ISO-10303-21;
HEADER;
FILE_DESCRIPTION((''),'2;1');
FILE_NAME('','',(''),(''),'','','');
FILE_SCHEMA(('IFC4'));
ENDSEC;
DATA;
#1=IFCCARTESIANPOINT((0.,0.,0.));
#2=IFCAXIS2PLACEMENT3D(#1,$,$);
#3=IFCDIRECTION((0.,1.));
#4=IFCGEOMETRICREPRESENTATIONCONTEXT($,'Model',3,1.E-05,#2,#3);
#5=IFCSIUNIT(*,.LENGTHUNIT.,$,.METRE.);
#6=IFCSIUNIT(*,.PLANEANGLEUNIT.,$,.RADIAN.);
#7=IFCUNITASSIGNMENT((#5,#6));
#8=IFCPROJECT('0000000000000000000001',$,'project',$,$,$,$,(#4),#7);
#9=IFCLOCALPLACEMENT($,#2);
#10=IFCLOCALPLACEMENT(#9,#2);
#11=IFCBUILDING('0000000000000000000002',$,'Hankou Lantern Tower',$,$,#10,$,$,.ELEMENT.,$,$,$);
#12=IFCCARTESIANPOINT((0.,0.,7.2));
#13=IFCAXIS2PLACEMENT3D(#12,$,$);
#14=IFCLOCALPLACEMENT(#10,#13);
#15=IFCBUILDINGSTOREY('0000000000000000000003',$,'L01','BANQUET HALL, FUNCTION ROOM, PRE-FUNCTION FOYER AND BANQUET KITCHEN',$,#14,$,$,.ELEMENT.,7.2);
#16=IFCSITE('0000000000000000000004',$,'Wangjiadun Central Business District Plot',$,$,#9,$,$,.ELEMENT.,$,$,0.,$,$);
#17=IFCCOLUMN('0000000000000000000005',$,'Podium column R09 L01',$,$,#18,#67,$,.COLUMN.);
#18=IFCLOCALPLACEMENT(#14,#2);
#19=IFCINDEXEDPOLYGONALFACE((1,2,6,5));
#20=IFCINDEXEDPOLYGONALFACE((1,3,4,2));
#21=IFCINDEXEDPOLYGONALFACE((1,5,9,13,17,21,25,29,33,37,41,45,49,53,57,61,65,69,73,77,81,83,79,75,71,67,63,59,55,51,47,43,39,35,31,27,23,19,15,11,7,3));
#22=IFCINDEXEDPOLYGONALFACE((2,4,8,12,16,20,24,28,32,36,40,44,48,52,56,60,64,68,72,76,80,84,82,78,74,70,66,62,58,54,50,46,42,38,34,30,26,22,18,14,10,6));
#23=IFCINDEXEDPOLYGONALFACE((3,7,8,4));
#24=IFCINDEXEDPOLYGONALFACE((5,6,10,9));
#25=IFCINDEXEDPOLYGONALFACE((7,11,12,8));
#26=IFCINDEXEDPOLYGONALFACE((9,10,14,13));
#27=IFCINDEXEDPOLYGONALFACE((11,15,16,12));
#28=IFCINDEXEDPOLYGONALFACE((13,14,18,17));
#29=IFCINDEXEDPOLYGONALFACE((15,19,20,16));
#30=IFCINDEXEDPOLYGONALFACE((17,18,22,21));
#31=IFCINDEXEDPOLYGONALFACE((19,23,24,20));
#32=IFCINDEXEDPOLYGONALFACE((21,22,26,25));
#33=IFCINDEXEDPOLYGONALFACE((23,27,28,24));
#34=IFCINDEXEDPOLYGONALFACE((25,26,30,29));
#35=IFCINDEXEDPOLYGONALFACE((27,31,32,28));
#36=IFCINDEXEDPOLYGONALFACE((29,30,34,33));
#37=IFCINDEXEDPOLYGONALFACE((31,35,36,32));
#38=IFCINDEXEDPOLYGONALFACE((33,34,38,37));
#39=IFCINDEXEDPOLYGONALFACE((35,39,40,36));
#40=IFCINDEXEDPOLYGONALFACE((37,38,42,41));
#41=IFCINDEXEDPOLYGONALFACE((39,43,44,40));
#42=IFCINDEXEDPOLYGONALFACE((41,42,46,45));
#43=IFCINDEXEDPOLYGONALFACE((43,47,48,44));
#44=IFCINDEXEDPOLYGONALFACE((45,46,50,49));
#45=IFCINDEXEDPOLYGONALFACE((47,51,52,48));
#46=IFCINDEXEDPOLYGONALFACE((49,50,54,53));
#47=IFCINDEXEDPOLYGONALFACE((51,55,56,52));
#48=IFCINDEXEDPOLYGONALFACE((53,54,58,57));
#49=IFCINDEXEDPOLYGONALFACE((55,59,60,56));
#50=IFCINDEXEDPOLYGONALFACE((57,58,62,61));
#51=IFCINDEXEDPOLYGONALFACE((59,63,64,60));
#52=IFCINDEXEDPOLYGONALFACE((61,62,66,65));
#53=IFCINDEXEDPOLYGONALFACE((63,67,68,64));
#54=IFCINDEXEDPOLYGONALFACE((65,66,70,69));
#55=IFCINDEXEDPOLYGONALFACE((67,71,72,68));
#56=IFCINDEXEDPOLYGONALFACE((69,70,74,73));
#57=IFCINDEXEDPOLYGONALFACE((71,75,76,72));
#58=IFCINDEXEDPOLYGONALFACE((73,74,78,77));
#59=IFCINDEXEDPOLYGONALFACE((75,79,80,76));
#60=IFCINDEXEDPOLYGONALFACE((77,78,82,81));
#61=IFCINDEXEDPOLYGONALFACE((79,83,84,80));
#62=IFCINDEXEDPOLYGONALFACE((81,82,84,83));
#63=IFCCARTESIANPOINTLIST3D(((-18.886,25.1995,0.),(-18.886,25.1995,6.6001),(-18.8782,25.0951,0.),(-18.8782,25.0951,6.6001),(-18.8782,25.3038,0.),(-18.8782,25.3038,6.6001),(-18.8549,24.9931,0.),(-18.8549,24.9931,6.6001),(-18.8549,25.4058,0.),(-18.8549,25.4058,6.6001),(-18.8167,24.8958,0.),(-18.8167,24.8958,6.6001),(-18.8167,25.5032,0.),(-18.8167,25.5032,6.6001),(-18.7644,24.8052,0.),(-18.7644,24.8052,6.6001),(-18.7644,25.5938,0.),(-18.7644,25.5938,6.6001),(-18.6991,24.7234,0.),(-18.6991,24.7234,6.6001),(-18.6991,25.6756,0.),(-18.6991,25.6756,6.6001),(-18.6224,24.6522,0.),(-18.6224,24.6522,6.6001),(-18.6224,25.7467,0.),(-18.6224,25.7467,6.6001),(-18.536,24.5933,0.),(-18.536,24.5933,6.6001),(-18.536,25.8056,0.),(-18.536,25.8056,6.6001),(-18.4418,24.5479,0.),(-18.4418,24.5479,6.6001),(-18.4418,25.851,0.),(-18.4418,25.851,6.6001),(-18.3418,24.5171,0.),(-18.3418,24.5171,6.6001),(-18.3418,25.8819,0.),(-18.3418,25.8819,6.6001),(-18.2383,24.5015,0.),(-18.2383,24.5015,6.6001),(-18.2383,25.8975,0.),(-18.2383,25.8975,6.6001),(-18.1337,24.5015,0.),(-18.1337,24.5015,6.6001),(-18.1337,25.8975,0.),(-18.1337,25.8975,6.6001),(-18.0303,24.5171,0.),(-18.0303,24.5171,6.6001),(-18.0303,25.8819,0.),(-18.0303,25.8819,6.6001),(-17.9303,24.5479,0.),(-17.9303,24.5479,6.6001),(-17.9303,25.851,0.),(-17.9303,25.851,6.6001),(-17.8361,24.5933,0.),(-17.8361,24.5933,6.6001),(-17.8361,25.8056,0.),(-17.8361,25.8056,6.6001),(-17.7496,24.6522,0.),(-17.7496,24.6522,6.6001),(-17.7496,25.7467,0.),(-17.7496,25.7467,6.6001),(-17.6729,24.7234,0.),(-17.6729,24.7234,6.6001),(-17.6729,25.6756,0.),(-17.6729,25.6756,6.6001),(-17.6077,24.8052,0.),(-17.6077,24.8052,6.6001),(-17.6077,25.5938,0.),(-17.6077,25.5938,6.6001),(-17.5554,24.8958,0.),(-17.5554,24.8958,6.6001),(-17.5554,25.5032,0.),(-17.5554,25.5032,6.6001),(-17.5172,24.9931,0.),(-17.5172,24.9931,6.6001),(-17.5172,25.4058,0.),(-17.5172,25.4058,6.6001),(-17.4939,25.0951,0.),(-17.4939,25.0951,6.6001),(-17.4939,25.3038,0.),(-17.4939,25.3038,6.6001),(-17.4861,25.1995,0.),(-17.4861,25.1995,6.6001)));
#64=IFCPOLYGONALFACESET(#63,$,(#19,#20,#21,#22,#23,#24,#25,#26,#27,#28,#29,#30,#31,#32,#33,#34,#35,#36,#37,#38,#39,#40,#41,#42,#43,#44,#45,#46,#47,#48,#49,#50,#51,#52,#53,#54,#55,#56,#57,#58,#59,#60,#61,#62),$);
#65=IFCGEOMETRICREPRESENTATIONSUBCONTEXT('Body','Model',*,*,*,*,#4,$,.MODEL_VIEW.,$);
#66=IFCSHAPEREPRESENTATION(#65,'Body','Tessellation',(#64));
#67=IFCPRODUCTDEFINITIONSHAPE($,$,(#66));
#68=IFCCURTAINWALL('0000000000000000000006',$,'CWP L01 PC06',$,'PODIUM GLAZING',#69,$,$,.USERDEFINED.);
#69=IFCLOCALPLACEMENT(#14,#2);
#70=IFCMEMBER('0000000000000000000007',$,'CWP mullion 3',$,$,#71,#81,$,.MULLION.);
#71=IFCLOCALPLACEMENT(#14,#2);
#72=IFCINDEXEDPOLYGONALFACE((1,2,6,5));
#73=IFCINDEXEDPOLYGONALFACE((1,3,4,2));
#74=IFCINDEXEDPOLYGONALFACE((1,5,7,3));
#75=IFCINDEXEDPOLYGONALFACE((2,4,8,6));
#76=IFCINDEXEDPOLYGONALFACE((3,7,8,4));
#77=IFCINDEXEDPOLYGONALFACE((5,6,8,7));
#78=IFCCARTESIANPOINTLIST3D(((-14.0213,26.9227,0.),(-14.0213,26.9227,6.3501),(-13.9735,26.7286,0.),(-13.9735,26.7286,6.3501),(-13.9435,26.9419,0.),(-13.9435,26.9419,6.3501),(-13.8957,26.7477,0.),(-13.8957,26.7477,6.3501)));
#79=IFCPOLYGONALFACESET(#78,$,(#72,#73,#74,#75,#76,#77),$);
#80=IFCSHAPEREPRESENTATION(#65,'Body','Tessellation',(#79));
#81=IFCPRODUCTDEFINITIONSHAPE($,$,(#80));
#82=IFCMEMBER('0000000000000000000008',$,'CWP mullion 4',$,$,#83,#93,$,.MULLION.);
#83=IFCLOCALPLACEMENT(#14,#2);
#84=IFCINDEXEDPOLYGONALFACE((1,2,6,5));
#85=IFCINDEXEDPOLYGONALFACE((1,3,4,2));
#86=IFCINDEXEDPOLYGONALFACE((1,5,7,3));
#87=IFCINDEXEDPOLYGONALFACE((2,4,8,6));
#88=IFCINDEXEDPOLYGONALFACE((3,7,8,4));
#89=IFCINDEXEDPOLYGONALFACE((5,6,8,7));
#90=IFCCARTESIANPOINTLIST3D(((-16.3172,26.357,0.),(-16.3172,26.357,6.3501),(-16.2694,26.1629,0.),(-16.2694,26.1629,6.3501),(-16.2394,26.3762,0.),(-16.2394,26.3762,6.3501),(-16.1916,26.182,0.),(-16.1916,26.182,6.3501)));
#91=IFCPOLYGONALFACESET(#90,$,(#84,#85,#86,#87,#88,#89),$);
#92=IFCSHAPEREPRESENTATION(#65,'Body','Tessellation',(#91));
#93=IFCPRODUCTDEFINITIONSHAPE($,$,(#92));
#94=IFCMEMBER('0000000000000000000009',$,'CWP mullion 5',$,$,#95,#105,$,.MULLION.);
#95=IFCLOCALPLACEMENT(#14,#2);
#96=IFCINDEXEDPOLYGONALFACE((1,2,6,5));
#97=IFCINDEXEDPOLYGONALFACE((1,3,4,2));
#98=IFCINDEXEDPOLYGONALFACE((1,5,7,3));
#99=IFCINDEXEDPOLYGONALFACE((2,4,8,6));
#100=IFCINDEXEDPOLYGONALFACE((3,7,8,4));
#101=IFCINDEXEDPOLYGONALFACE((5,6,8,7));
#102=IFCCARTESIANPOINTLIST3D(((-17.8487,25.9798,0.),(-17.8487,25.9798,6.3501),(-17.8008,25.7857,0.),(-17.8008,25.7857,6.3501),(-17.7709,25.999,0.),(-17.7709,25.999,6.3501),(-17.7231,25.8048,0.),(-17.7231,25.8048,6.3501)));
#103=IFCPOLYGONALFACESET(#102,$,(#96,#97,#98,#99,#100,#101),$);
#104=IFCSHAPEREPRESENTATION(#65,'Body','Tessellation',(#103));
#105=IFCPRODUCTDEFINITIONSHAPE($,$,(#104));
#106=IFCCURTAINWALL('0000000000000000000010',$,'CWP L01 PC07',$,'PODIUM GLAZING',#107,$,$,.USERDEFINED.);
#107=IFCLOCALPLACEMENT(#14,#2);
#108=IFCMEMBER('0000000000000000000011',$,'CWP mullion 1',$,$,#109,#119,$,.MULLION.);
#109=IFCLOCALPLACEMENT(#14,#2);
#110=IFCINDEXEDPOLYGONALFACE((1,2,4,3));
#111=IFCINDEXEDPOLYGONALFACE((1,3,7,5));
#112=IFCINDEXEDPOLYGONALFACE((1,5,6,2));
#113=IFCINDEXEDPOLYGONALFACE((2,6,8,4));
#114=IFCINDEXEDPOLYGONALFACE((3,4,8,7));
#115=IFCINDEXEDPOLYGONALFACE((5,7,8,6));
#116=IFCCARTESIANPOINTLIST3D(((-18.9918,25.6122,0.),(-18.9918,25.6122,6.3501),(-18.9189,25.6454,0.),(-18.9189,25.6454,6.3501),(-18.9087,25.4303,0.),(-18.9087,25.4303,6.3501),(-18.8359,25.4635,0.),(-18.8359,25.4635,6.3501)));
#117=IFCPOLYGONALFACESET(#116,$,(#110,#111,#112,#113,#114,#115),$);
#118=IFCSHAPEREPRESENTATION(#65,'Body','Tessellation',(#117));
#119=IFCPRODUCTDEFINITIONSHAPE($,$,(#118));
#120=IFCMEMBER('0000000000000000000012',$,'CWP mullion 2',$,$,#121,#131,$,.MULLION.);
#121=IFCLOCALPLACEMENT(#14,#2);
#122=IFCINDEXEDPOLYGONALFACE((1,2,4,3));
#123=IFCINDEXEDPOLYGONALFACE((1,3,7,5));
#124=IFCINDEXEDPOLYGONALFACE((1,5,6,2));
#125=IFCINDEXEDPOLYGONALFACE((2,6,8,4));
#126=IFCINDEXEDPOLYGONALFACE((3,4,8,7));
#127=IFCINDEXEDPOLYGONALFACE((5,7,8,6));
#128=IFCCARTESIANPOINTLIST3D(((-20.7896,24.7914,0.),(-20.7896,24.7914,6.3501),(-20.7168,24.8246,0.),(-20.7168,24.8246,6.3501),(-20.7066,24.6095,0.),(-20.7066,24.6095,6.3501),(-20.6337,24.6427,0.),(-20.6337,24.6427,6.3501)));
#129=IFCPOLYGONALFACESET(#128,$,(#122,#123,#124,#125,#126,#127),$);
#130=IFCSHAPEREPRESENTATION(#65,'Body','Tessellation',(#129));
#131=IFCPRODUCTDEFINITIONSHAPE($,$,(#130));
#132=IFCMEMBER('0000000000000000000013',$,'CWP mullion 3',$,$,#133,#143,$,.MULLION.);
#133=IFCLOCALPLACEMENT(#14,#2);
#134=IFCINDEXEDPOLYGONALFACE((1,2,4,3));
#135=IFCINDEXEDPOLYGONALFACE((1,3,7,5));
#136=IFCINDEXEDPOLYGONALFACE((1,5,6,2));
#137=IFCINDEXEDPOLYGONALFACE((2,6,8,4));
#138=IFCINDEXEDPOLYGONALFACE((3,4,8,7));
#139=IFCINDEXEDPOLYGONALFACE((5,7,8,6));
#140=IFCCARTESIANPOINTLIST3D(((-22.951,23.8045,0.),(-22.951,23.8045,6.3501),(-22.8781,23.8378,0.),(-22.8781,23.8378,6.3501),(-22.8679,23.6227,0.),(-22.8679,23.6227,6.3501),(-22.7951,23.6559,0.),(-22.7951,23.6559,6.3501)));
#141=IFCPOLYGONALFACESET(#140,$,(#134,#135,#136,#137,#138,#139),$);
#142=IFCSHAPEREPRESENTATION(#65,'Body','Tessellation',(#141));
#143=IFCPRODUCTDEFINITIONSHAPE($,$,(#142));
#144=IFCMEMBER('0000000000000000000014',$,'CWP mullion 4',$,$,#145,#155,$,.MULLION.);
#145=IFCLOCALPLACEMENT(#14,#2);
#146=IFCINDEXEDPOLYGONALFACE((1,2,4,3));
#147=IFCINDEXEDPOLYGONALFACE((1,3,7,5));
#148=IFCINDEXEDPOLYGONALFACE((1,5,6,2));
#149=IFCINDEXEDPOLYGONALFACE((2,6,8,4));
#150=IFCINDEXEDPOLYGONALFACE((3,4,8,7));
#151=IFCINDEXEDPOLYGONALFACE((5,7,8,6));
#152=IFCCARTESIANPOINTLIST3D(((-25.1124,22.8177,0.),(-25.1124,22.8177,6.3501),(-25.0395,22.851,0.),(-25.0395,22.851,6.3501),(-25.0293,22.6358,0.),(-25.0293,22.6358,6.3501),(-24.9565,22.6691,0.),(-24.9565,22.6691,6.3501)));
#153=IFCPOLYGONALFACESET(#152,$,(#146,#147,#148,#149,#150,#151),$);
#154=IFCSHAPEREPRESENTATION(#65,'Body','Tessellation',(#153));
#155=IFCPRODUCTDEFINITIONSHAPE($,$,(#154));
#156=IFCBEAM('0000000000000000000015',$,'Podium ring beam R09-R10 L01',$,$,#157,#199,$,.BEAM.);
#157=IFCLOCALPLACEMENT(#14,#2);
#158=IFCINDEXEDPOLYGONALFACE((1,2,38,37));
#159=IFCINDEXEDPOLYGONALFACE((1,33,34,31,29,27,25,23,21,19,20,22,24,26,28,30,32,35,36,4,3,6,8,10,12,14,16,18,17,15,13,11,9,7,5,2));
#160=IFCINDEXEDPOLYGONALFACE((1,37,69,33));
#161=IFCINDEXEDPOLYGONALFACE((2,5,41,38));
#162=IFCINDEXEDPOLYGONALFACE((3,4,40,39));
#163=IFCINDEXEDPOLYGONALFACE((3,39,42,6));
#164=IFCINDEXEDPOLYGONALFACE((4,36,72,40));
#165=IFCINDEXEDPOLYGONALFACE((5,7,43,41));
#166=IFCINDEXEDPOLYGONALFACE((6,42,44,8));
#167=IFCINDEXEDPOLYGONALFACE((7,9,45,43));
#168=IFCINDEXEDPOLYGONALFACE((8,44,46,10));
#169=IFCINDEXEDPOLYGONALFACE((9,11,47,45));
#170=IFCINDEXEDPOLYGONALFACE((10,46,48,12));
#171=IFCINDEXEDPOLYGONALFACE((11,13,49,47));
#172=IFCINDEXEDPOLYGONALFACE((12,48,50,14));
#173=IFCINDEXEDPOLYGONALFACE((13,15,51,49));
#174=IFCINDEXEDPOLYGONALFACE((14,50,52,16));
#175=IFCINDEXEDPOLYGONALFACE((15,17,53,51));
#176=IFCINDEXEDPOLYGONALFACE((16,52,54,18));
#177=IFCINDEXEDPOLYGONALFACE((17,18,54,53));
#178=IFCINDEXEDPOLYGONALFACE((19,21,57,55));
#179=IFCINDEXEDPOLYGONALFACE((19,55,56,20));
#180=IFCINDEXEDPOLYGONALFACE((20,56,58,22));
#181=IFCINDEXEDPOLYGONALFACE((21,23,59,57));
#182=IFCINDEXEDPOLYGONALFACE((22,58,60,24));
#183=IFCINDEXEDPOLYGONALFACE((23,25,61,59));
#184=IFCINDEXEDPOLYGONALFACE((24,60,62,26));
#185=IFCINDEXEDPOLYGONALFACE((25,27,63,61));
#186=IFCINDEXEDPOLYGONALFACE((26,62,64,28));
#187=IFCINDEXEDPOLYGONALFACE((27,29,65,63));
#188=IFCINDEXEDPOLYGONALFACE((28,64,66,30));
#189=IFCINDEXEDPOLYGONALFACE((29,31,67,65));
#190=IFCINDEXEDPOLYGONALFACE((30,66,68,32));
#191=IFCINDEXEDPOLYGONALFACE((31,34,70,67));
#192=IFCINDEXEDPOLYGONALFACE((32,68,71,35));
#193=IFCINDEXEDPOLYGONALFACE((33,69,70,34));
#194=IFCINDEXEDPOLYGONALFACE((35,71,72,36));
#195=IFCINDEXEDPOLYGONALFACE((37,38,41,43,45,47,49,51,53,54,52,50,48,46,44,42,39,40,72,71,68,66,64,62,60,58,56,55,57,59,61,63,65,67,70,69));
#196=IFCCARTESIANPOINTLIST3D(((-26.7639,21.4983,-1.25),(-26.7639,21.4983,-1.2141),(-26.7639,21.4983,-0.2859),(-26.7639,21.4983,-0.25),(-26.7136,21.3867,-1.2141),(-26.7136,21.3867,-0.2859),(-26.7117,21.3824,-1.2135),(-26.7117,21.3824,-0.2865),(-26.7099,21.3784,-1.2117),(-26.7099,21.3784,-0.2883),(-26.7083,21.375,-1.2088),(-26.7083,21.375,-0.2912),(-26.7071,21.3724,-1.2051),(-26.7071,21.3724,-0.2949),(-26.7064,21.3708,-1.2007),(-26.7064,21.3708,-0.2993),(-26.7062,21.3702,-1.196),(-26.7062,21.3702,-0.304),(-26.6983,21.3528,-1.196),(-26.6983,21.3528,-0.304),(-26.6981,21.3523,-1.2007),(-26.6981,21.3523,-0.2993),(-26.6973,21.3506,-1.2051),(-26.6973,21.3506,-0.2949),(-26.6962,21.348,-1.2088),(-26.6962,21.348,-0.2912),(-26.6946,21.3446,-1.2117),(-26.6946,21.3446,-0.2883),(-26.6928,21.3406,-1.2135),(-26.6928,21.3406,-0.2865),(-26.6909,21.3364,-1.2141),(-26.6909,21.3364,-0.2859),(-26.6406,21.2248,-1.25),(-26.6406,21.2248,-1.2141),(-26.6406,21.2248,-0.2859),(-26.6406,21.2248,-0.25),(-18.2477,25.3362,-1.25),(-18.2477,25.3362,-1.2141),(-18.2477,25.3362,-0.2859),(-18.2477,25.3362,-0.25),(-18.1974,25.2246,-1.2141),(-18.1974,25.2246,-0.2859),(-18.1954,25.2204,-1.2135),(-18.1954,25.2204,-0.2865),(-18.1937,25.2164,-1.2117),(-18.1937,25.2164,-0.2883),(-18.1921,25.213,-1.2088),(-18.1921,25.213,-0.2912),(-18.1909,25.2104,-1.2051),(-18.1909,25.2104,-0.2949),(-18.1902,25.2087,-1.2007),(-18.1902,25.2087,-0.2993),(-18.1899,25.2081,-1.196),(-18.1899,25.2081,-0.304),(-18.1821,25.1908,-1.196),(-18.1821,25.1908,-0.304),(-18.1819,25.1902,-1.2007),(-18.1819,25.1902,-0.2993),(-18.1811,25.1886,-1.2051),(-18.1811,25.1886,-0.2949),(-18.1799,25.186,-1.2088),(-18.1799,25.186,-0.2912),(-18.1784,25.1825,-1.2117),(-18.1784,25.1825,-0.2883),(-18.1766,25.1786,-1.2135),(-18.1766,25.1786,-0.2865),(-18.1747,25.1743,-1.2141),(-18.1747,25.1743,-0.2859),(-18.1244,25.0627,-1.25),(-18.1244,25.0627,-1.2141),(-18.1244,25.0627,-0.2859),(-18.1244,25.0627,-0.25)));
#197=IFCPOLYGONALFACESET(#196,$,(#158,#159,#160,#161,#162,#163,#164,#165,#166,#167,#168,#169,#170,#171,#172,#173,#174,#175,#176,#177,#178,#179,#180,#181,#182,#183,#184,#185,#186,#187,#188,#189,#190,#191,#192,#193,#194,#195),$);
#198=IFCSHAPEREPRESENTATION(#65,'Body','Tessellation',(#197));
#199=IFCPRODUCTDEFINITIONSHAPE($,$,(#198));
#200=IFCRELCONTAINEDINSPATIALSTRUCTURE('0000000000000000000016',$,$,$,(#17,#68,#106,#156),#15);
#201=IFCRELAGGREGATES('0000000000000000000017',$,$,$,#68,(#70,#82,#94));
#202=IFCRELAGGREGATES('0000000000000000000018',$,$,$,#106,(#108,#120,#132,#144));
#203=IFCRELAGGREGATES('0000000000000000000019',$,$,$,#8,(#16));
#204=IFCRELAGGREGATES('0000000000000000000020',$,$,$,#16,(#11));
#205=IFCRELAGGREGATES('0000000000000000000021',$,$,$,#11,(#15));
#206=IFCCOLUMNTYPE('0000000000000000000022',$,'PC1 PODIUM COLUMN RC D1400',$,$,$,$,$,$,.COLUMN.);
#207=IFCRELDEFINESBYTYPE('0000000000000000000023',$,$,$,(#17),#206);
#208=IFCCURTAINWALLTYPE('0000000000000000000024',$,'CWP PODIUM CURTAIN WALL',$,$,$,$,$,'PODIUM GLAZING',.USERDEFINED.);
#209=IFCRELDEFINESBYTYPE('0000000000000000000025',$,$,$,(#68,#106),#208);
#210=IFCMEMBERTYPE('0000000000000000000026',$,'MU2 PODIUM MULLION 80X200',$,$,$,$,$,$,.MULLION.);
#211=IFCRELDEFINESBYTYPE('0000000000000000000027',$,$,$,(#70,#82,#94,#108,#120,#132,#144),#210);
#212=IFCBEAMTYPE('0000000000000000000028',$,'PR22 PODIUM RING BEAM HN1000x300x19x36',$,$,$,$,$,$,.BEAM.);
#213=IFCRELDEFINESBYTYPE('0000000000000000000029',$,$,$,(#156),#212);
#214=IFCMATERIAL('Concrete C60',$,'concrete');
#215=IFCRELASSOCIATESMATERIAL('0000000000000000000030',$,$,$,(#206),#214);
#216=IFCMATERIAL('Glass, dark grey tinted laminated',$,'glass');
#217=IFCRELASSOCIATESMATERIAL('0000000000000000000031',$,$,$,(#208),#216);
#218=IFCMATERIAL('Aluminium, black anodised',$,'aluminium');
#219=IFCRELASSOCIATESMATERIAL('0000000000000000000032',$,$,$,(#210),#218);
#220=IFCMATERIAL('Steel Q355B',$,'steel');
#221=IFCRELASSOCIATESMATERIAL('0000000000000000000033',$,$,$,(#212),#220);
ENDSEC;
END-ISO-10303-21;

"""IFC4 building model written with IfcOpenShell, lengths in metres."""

from ifc_helpers import new_model, si_unit, direction, frame, origin, origin_2d, place, context, subcontext, project, spatial, rectangle, circle, i_section, extrude, material, material_profile, profile_set, type_object, element, aggregate, save


model = new_model("IFC4")

# Units and contexts
model_context = context("Model", 3, precision=1e-05, world=origin(), true_north=direction((0.0, 1.0)))
body_context = subcontext(model_context, "Body", "Model", "MODEL_VIEW")
ifc_project = project(units=[si_unit("LENGTHUNIT", "METRE"), si_unit("PLANEANGLEUNIT", "RADIAN")], contexts=[model_context])

# Site, building, storey
site_placement = place(None, origin())
site = spatial("IfcSite", under=ifc_project, at=site_placement, Name="Wangjiadun Central Business District Plot", CompositionType="ELEMENT", RefElevation=0.0)
building_placement = place(site_placement, origin())
building = spatial("IfcBuilding", under=site, at=building_placement, Name="Hankou Lantern Tower", CompositionType="ELEMENT")
storey_placement = place(building_placement, frame((0.0, 0.0, 7.2)))
storey = spatial("IfcBuildingStorey", under=building, at=storey_placement, Name="L01", Description="BANQUET HALL, FUNCTION ROOM, PRE-FUNCTION FOYER AND BANQUET KITCHEN", CompositionType="ELEMENT", Elevation=7.2)

# Column
ifc_material_1 = material(Name="Concrete C60", Category="concrete")
ifc_material_profile_1 = material_profile(ifc_material_1, circle(Radius=0.7, at=origin_2d()), Name="RC D1400")
ifc_profile_set_1 = profile_set([ifc_material_profile_1], Name="Concrete C60")
column_type = type_object("IfcColumnType", Name="PC1 PODIUM COLUMN RC D1400", PredefinedType="COLUMN", material=ifc_profile_set_1)
column_placement = place(storey_placement, frame((-18.186, 25.1995, 0.0), z_axis=(0.0, 0.0, 1.0), x_axis=(1.0, 0.0, 0.0)))
element("IfcColumn", 1, at=column_placement, inside=storey, type_object=column_type, Name="Podium column R09 L01", PredefinedType="COLUMN", context=body_context, shape_type="SweptSolid", body=[
    extrude(circle(Radius=0.7, at=origin_2d()), origin(), (0.0, 0.0, 1.0), 6.6001),
])

# Curtain walls, members
ifc_material_2 = material(Name="Glass, dark grey tinted laminated", Category="glass")
curtain_wall_type = type_object("IfcCurtainWallType", Name="CWP PODIUM CURTAIN WALL", ElementType="PODIUM GLAZING", PredefinedType="USERDEFINED", material=ifc_material_2)
curtain_wall_1_placement = place(storey_placement, origin())
curtain_wall_1 = element("IfcCurtainWall", 2, at=curtain_wall_1_placement, inside=storey, type_object=curtain_wall_type, Name="CWP L01 PC06", ObjectType="PODIUM GLAZING", PredefinedType="USERDEFINED")
ifc_material_3 = material(Name="Aluminium, black anodised", Category="aluminium")
ifc_material_profile_2 = material_profile(ifc_material_3, rectangle(XDim=0.0801, YDim=0.2, at=origin_2d()), Name="MU2 80X200")
ifc_profile_set_2 = profile_set([ifc_material_profile_2], Name="Aluminium, black anodised")
member_type_1 = type_object("IfcMemberType", Name="MU2 PODIUM MULLION 80X200", PredefinedType="MULLION", material=ifc_profile_set_2)
member_1_placement = place(storey_placement, frame((-13.9585, 26.8352, 0.0), z_axis=(0.0, 0.0, 1.0), x_axis=(-0.970961, -0.239238, 0.0)))
member_1 = element("IfcMember", 3, at=member_1_placement, type_object=member_type_1, Name="CWP mullion 3", PredefinedType="MULLION", context=body_context, shape_type="SweptSolid", body=[
    extrude(rectangle(XDim=0.0801, YDim=0.2, at=origin_2d()), origin(), (0.0, 0.0, 1.0), 6.3501),
])
member_2_placement = place(storey_placement, frame((-16.2544, 26.2695, 0.0), z_axis=(0.0, 0.0, 1.0), x_axis=(-0.970961, -0.239238, 0.0)))
member_2 = element("IfcMember", 4, at=member_2_placement, type_object=member_type_1, Name="CWP mullion 4", PredefinedType="MULLION", context=body_context, shape_type="SweptSolid", body=[
    extrude(rectangle(XDim=0.0801, YDim=0.2, at=origin_2d()), origin(), (0.0, 0.0, 1.0), 6.3501),
])
member_3_placement = place(storey_placement, frame((-17.7859, 25.8923, 0.0), z_axis=(0.0, 0.0, 1.0), x_axis=(-0.970961, -0.239238, 0.0)))
member_3 = element("IfcMember", 5, at=member_3_placement, type_object=member_type_1, Name="CWP mullion 5", PredefinedType="MULLION", context=body_context, shape_type="SweptSolid", body=[
    extrude(rectangle(XDim=0.0801, YDim=0.2, at=origin_2d()), origin(), (0.0, 0.0, 1.0), 6.3501),
])
curtain_wall_2_placement = place(storey_placement, origin())
curtain_wall_2 = element("IfcCurtainWall", 6, at=curtain_wall_2_placement, inside=storey, type_object=curtain_wall_type, Name="CWP L01 PC07", ObjectType="PODIUM GLAZING", PredefinedType="USERDEFINED")
member_4_placement = place(storey_placement, frame((-18.9138, 25.5378, 0.0), z_axis=(0.0, 0.0, 1.0), x_axis=(-0.90967, -0.415332, 0.0)))
member_4 = element("IfcMember", 7, at=member_4_placement, type_object=member_type_1, Name="CWP mullion 1", PredefinedType="MULLION", context=body_context, shape_type="SweptSolid", body=[
    extrude(rectangle(XDim=0.0801, YDim=0.2, at=origin_2d()), origin(), (0.0, 0.0, 1.0), 6.3501),
])
member_5_placement = place(storey_placement, frame((-20.7117, 24.717, 0.0), z_axis=(0.0, 0.0, 1.0), x_axis=(-0.90967, -0.415332, 0.0)))
member_5 = element("IfcMember", 8, at=member_5_placement, type_object=member_type_1, Name="CWP mullion 2", PredefinedType="MULLION", context=body_context, shape_type="SweptSolid", body=[
    extrude(rectangle(XDim=0.0801, YDim=0.2, at=origin_2d()), origin(), (0.0, 0.0, 1.0), 6.3501),
])
member_6_placement = place(storey_placement, frame((-22.873, 23.7302, 0.0), z_axis=(0.0, 0.0, 1.0), x_axis=(-0.90967, -0.415332, 0.0)))
member_6 = element("IfcMember", 9, at=member_6_placement, type_object=member_type_1, Name="CWP mullion 3", PredefinedType="MULLION", context=body_context, shape_type="SweptSolid", body=[
    extrude(rectangle(XDim=0.0801, YDim=0.2, at=origin_2d()), origin(), (0.0, 0.0, 1.0), 6.3501),
])
member_7_placement = place(storey_placement, frame((-25.0344, 22.7434, 0.0), z_axis=(0.0, 0.0, 1.0), x_axis=(-0.90967, -0.415332, 0.0)))
member_7 = element("IfcMember", 10, at=member_7_placement, type_object=member_type_1, Name="CWP mullion 4", PredefinedType="MULLION", context=body_context, shape_type="SweptSolid", body=[
    extrude(rectangle(XDim=0.0801, YDim=0.2, at=origin_2d()), origin(), (0.0, 0.0, 1.0), 6.3501),
])

# Beam
ifc_material_4 = material(Name="Steel Q355B", Category="steel")
ifc_material_profile_3 = material_profile(ifc_material_4, i_section(OverallWidth=0.3, OverallDepth=1.0, WebThickness=0.019, FlangeThickness=0.0359, FilletRadius=0.0181, at=origin_2d()), Name="HN1000x300x19x36")
ifc_profile_set_3 = profile_set([ifc_material_profile_3], Name="Steel Q355B")
beam_type_1 = type_object("IfcBeamType", Name="PR22 PODIUM RING BEAM HN1000x300x19x36", PredefinedType="BEAM", material=ifc_profile_set_3)
beam_1_placement = place(storey_placement, frame((-18.186, 25.1995, -0.75), z_axis=(-0.911695, -0.410867, 0.0), x_axis=(0.410867, -0.911695, 0.0)))
element("IfcBeam", 11, at=beam_1_placement, inside=storey, type_object=beam_type_1, Name="Podium ring beam R09-R10 L01", PredefinedType="BEAM", context=body_context, shape_type="SweptSolid", body=[
    extrude(i_section(OverallWidth=0.3, OverallDepth=1.0, WebThickness=0.019, FlangeThickness=0.0359, FilletRadius=0.0181, at=origin_2d()), origin(), (0.0, 0.0, 1.0), 9.3411),
])

aggregate(curtain_wall_1, [member_1, member_2, member_3])
aggregate(curtain_wall_2, [member_4, member_5, member_6, member_7])

save(model, "model.ifc")
